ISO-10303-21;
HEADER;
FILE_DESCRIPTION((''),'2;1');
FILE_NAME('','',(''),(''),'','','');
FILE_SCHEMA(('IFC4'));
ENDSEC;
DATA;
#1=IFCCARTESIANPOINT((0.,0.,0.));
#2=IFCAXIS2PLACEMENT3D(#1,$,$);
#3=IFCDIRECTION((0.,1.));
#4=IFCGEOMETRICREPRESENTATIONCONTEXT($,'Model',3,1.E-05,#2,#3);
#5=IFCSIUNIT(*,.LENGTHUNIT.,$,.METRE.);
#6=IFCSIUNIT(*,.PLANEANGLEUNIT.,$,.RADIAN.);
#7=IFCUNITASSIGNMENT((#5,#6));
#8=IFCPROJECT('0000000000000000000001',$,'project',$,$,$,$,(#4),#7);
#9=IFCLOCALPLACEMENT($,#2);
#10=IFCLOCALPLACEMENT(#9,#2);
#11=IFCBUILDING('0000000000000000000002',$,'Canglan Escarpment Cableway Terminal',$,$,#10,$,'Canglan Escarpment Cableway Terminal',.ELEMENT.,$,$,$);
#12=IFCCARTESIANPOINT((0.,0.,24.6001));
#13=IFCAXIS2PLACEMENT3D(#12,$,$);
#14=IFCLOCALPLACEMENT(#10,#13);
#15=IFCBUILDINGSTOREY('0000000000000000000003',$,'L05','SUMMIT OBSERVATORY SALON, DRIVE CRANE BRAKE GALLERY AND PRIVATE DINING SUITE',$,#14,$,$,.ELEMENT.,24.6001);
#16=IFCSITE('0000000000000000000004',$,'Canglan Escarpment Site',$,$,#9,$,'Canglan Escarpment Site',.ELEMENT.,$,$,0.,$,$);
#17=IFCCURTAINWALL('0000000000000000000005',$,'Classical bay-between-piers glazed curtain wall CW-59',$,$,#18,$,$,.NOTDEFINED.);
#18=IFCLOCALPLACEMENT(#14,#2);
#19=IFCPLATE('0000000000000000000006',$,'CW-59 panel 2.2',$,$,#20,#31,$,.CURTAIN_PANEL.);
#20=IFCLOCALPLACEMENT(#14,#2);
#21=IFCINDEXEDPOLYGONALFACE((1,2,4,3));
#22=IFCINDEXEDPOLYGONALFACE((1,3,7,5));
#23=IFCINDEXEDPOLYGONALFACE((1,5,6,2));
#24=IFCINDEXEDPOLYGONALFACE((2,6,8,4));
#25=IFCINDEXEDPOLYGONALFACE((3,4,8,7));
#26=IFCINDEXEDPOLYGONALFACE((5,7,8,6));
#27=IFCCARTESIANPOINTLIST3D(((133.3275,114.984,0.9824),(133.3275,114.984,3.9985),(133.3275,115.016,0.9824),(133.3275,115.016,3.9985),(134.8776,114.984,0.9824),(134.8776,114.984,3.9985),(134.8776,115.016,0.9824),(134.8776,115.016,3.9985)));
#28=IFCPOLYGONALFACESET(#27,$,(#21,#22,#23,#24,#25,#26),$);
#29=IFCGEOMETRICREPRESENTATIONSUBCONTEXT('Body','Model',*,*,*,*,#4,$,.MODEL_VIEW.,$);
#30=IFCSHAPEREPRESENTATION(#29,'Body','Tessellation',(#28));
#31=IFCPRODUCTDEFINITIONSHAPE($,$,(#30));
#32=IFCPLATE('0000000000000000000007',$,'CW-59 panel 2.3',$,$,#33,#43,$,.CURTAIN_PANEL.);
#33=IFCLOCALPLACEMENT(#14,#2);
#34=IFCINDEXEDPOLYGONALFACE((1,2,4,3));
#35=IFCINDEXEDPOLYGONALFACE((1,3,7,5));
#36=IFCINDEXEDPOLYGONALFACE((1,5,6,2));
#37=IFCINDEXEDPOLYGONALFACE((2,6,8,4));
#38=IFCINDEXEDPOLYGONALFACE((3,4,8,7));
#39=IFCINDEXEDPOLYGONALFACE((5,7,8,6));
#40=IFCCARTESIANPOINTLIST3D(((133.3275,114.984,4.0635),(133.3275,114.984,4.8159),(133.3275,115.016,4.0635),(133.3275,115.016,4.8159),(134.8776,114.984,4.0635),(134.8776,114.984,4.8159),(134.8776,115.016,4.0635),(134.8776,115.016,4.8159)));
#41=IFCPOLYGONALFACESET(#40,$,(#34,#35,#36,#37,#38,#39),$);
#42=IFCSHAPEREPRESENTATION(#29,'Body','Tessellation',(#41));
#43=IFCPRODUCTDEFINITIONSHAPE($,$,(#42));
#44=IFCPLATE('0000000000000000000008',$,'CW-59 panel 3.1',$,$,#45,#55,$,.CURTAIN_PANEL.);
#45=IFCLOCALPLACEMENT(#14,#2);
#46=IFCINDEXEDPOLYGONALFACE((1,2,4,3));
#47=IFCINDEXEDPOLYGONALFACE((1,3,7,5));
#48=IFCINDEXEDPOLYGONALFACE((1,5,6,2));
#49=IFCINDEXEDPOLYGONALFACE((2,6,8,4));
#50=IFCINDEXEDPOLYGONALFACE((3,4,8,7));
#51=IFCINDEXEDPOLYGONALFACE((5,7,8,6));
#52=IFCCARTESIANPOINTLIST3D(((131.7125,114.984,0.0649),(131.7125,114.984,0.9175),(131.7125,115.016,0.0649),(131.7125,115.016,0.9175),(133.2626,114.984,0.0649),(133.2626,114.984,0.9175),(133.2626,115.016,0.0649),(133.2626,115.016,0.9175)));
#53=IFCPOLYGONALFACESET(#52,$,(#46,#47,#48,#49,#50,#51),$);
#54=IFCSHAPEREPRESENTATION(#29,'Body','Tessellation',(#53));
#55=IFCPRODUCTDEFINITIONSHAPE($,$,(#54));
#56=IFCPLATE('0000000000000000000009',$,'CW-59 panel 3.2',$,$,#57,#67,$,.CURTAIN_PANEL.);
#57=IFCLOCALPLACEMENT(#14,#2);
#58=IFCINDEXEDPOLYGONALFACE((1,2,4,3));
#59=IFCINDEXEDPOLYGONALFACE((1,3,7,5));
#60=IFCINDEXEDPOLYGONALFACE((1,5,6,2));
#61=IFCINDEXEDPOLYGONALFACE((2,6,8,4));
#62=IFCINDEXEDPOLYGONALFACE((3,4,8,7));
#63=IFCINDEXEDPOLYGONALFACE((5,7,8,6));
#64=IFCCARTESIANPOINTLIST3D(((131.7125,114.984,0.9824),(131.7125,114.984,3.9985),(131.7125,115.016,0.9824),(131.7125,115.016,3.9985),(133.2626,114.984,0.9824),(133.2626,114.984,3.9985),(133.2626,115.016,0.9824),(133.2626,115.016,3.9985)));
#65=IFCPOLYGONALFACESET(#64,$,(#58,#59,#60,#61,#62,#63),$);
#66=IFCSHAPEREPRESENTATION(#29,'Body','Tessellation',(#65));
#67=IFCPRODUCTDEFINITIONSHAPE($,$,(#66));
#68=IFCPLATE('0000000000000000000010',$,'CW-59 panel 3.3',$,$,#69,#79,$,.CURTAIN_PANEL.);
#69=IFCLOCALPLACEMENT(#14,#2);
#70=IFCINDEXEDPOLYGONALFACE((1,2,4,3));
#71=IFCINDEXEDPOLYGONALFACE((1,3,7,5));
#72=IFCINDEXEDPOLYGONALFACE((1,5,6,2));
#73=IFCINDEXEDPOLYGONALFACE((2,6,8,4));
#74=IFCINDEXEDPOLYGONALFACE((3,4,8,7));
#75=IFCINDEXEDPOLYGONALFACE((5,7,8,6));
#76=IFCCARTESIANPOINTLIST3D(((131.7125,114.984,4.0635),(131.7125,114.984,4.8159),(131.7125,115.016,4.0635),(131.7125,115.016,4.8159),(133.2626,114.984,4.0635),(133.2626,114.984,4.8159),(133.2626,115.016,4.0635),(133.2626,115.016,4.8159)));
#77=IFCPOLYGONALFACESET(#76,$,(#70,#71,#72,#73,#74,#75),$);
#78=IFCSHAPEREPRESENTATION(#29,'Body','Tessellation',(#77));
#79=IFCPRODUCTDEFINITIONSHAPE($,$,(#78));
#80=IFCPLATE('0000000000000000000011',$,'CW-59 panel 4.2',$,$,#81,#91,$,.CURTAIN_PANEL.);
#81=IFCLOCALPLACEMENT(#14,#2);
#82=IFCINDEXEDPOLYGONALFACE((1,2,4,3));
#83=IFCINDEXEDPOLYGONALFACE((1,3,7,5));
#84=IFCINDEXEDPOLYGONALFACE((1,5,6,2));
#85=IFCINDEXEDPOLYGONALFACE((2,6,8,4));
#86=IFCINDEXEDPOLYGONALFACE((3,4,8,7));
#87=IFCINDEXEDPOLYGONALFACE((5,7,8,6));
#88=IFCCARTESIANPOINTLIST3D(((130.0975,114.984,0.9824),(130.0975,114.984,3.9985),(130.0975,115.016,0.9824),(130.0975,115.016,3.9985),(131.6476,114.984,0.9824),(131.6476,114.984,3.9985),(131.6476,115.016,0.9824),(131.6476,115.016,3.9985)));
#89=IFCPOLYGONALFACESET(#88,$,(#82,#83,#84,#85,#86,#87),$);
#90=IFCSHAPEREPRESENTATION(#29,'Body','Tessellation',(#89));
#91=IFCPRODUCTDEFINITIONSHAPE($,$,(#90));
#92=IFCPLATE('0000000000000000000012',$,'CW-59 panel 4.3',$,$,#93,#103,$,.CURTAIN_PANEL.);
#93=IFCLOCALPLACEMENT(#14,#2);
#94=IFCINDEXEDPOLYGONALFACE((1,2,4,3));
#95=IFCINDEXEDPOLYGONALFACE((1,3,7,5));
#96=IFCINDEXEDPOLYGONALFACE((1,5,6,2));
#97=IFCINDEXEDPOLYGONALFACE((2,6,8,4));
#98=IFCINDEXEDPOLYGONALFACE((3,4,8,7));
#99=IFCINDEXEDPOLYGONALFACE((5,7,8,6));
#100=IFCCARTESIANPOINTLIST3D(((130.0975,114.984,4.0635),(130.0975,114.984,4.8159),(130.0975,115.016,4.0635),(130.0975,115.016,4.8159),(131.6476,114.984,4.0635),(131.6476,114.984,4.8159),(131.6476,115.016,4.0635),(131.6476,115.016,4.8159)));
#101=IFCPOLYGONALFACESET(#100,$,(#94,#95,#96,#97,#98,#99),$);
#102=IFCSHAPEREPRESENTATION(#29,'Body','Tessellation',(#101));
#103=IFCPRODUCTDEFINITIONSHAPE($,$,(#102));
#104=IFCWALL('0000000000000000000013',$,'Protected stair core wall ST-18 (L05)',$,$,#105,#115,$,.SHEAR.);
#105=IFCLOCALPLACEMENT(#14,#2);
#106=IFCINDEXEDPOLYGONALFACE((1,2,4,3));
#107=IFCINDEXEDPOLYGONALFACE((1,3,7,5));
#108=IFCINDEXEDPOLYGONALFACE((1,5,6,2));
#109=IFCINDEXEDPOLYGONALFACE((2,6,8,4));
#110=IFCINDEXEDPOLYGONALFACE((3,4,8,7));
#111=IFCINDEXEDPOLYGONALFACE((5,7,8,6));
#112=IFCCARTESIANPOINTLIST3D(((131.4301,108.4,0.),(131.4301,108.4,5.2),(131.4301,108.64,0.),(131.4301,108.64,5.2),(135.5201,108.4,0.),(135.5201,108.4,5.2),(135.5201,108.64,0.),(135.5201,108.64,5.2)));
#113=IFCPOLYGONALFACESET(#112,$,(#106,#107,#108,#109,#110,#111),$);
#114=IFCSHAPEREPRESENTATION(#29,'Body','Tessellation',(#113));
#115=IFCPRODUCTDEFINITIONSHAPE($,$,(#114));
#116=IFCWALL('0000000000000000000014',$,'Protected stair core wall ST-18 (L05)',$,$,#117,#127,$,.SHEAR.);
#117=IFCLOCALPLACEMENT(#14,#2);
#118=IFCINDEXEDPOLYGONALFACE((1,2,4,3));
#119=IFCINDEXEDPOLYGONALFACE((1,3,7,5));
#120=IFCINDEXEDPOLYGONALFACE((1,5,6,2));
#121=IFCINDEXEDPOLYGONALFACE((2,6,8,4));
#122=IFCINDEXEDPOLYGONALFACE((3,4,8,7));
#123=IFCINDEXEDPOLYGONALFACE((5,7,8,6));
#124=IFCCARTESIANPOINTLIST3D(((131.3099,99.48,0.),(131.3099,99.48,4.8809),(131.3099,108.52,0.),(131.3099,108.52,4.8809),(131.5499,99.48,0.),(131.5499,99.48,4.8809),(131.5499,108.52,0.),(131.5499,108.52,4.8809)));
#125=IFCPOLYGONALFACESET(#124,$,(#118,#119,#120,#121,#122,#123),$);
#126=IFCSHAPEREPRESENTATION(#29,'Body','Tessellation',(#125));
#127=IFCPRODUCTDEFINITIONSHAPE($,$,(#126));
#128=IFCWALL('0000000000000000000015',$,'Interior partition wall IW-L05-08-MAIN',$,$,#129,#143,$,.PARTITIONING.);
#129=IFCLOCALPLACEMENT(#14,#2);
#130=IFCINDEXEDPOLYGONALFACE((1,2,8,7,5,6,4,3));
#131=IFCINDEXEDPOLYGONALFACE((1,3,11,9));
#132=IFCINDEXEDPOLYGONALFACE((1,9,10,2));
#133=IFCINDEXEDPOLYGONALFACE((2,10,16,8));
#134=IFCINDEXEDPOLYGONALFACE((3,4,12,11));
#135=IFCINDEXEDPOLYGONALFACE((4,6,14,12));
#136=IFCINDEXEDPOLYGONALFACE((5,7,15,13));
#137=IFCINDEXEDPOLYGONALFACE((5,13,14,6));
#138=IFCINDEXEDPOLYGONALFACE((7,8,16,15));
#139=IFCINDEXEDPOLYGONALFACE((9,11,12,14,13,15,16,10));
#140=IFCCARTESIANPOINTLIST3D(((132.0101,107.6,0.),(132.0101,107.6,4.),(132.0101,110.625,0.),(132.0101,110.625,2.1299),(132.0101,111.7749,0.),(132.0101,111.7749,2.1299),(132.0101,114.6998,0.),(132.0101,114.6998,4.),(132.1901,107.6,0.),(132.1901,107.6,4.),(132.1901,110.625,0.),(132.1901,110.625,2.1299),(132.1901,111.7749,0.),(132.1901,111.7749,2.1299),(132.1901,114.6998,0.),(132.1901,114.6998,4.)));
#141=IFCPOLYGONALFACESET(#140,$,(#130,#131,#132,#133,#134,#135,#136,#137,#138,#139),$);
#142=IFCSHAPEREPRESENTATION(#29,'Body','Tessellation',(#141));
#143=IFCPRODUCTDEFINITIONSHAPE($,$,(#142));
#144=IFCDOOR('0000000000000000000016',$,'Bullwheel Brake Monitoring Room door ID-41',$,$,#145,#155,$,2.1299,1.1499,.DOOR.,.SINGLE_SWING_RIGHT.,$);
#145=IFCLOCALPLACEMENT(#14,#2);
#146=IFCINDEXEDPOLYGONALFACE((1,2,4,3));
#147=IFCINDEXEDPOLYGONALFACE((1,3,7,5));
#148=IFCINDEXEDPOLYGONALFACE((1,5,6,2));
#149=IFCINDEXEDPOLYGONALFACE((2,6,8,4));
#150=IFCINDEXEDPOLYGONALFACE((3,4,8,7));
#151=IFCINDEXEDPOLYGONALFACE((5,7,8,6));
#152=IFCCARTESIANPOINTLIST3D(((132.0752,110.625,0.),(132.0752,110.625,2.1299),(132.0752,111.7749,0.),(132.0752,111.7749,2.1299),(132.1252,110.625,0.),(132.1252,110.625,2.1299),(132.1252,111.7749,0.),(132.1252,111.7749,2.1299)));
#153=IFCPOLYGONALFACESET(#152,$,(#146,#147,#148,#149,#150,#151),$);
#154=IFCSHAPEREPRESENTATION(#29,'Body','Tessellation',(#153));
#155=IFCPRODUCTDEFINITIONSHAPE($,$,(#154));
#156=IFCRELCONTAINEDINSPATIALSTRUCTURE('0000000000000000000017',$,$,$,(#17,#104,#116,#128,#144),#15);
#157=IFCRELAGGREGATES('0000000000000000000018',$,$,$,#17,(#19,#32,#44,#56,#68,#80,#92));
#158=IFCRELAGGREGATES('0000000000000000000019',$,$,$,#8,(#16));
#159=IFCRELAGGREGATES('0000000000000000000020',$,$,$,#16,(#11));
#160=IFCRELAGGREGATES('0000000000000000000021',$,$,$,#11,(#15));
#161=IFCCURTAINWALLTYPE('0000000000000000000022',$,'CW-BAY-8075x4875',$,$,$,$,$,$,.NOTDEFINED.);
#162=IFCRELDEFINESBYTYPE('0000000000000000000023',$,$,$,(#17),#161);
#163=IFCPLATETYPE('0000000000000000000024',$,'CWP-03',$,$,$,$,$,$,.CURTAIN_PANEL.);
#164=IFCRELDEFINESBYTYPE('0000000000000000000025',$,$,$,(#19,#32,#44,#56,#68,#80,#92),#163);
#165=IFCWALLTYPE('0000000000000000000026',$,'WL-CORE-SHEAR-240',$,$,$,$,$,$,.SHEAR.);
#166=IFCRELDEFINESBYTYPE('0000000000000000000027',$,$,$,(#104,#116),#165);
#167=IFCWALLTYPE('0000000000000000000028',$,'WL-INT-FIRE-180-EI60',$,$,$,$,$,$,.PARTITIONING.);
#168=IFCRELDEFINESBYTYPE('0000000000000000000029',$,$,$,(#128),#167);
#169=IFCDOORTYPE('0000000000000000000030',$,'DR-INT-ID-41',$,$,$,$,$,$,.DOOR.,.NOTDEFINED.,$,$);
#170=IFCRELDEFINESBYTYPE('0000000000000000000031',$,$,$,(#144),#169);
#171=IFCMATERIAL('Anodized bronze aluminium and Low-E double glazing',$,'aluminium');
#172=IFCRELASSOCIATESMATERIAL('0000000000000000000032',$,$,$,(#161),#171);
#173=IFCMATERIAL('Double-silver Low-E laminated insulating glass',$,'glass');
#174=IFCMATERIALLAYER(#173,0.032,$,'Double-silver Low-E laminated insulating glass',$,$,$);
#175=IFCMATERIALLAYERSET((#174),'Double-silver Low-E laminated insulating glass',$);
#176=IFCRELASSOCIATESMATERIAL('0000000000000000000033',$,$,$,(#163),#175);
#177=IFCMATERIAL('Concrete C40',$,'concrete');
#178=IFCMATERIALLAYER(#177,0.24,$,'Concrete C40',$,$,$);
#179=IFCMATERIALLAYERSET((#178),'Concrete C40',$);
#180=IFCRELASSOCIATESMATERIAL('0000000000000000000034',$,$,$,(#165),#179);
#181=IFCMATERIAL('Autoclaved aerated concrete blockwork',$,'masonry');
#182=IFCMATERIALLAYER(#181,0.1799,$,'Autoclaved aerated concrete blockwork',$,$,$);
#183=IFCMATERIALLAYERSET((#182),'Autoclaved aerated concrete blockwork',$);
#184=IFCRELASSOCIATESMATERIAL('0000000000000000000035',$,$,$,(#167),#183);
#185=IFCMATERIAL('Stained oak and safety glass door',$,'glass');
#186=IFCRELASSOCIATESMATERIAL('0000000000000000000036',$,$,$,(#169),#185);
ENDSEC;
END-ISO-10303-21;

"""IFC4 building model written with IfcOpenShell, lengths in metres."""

from ifc_helpers import new_model, si_unit, direction, frame, frame_2d, origin, origin_2d, place, context, subcontext, project, spatial, rectangle, extrude, material, layer, layer_set, type_object, element, fill, aggregate, save


model = new_model("IFC4")

# Units and contexts
model_context = context("Model", 3, precision=1e-05, world=origin(), true_north=direction((0.0, 1.0)))
body_context = subcontext(model_context, "Body", "Model", "MODEL_VIEW")
ifc_project = project(units=[si_unit("LENGTHUNIT", "METRE"), si_unit("PLANEANGLEUNIT", "RADIAN")], contexts=[model_context])

# Site, building, storey
site_placement = place(None, origin())
site = spatial("IfcSite", under=ifc_project, at=site_placement, Name="Canglan Escarpment Site", LongName="Canglan Escarpment Site", CompositionType="ELEMENT", RefElevation=0.0)
building_placement = place(site_placement, origin())
building = spatial("IfcBuilding", under=site, at=building_placement, Name="Canglan Escarpment Cableway Terminal", LongName="Canglan Escarpment Cableway Terminal", CompositionType="ELEMENT")
storey_placement = place(building_placement, frame((0.0, 0.0, 24.6001)))
storey = spatial("IfcBuildingStorey", under=building, at=storey_placement, Name="L05", Description="SUMMIT OBSERVATORY SALON, DRIVE CRANE BRAKE GALLERY AND PRIVATE DINING SUITE", CompositionType="ELEMENT", Elevation=24.6001)

# Curtain wall, plates
ifc_material_1 = material(Name="Anodized bronze aluminium and Low-E double glazing", Category="aluminium")
curtain_wall_type = type_object("IfcCurtainWallType", Name="CW-BAY-8075x4875", PredefinedType="NOTDEFINED", material=ifc_material_1)
curtain_wall_placement = place(storey_placement, origin())
curtain_wall = element("IfcCurtainWall", 1, at=curtain_wall_placement, inside=storey, type_object=curtain_wall_type, Name="Classical bay-between-piers glazed curtain wall CW-59", PredefinedType="NOTDEFINED")
ifc_material_2 = material(Name="Double-silver Low-E laminated insulating glass", Category="glass")
ifc_layer_1 = layer(ifc_material_2, 0.032, Name="Double-silver Low-E laminated insulating glass")
ifc_layer_set_1 = layer_set([ifc_layer_1], Name="Double-silver Low-E laminated insulating glass")
plate_type = type_object("IfcPlateType", Name="CWP-03", PredefinedType="CURTAIN_PANEL", material=ifc_layer_set_1)
plate_1_placement = place(storey_placement, frame((134.1025, 115.0, 0.9824), z_axis=(0.0, 0.0, 1.0), x_axis=(-1.0, 0.0, 0.0)))
plate_1 = element("IfcPlate", 2, at=plate_1_placement, type_object=plate_type, Name="CW-59 panel 2.2", PredefinedType="CURTAIN_PANEL", context=body_context, shape_type="SweptSolid", body=[
    extrude(rectangle(XDim=1.55, YDim=0.032, at=origin_2d()), origin(), (0.0, 0.0, 1.0), 3.0161),
])
plate_2_placement = place(storey_placement, frame((134.1025, 115.0, 4.0635), z_axis=(0.0, 0.0, 1.0), x_axis=(-1.0, 0.0, 0.0)))
plate_2 = element("IfcPlate", 3, at=plate_2_placement, type_object=plate_type, Name="CW-59 panel 2.3", PredefinedType="CURTAIN_PANEL", context=body_context, shape_type="SweptSolid", body=[
    extrude(rectangle(XDim=1.55, YDim=0.032, at=origin_2d()), origin(), (0.0, 0.0, 1.0), 0.7524),
])
plate_3_placement = place(storey_placement, frame((132.4875, 115.0, 0.0649), z_axis=(0.0, 0.0, 1.0), x_axis=(-1.0, 0.0, 0.0)))
plate_3 = element("IfcPlate", 4, at=plate_3_placement, type_object=plate_type, Name="CW-59 panel 3.1", PredefinedType="CURTAIN_PANEL", context=body_context, shape_type="SweptSolid", body=[
    extrude(rectangle(XDim=1.55, YDim=0.032, at=origin_2d()), origin(), (0.0, 0.0, 1.0), 0.8525),
])
plate_4_placement = place(storey_placement, frame((132.4875, 115.0, 0.9824), z_axis=(0.0, 0.0, 1.0), x_axis=(-1.0, 0.0, 0.0)))
plate_4 = element("IfcPlate", 5, at=plate_4_placement, type_object=plate_type, Name="CW-59 panel 3.2", PredefinedType="CURTAIN_PANEL", context=body_context, shape_type="SweptSolid", body=[
    extrude(rectangle(XDim=1.55, YDim=0.032, at=origin_2d()), origin(), (0.0, 0.0, 1.0), 3.0161),
])
plate_5_placement = place(storey_placement, frame((132.4875, 115.0, 4.0635), z_axis=(0.0, 0.0, 1.0), x_axis=(-1.0, 0.0, 0.0)))
plate_5 = element("IfcPlate", 6, at=plate_5_placement, type_object=plate_type, Name="CW-59 panel 3.3", PredefinedType="CURTAIN_PANEL", context=body_context, shape_type="SweptSolid", body=[
    extrude(rectangle(XDim=1.55, YDim=0.032, at=origin_2d()), origin(), (0.0, 0.0, 1.0), 0.7524),
])
plate_6_placement = place(storey_placement, frame((130.8726, 115.0, 0.9824), z_axis=(0.0, 0.0, 1.0), x_axis=(-1.0, 0.0, 0.0)))
plate_6 = element("IfcPlate", 7, at=plate_6_placement, type_object=plate_type, Name="CW-59 panel 4.2", PredefinedType="CURTAIN_PANEL", context=body_context, shape_type="SweptSolid", body=[
    extrude(rectangle(XDim=1.55, YDim=0.032, at=origin_2d()), origin(), (0.0, 0.0, 1.0), 3.0161),
])
plate_7_placement = place(storey_placement, frame((130.8726, 115.0, 4.0635), z_axis=(0.0, 0.0, 1.0), x_axis=(-1.0, 0.0, 0.0)))
plate_7 = element("IfcPlate", 8, at=plate_7_placement, type_object=plate_type, Name="CW-59 panel 4.3", PredefinedType="CURTAIN_PANEL", context=body_context, shape_type="SweptSolid", body=[
    extrude(rectangle(XDim=1.55, YDim=0.032, at=origin_2d()), origin(), (0.0, 0.0, 1.0), 0.7524),
])
aggregate(curtain_wall, [plate_1, plate_2, plate_3, plate_4, plate_5, plate_6, plate_7])

# Walls
ifc_material_3 = material(Name="Concrete C40", Category="concrete")
ifc_layer_2 = layer(ifc_material_3, 0.24, Name="Concrete C40")
ifc_layer_set_2 = layer_set([ifc_layer_2], Name="Concrete C40")
wall_type_1 = type_object("IfcWallType", Name="WL-CORE-SHEAR-240", PredefinedType="SHEAR", material=ifc_layer_set_2)
wall_1_placement = place(storey_placement, frame((135.52, 108.52, 0.0), z_axis=(0.0, 0.0, 1.0), x_axis=(-1.0, 0.0, 0.0)))
element("IfcWall", 9, at=wall_1_placement, inside=storey, type_object=wall_type_1, Name="Protected stair core wall ST-18 (L05)", PredefinedType="SHEAR", context=body_context, shape_type="SweptSolid", body=[
    extrude(rectangle(XDim=4.0901, YDim=0.24, at=frame_2d((2.0449, 0.0))), origin(), (0.0, 0.0, 1.0), 5.2),
])
wall_2_placement = place(storey_placement, frame((131.4299, 108.52, 0.0), z_axis=(0.0, 0.0, 1.0), x_axis=(0.0, -1.0, 0.0)))
element("IfcWall", 10, at=wall_2_placement, inside=storey, type_object=wall_type_1, Name="Protected stair core wall ST-18 (L05)", PredefinedType="SHEAR", context=body_context, shape_type="SweptSolid", body=[
    extrude(rectangle(XDim=9.04, YDim=0.24, at=frame_2d((4.52, 0.0))), origin(), (0.0, 0.0, 1.0), 4.8809),
])

# Wall, opening, door
ifc_material_4 = material(Name="Autoclaved aerated concrete blockwork", Category="masonry")
ifc_layer_3 = layer(ifc_material_4, 0.1799, Name="Autoclaved aerated concrete blockwork")
ifc_layer_set_3 = layer_set([ifc_layer_3], Name="Autoclaved aerated concrete blockwork")
wall_type_2 = type_object("IfcWallType", Name="WL-INT-FIRE-180-EI60", PredefinedType="PARTITIONING", material=ifc_layer_set_3)
wall_3_placement = place(storey_placement, frame((132.1001, 107.6001, 0.0), z_axis=(0.0, 0.0, 1.0), x_axis=(0.0, 1.0, 0.0)))
wall_3 = element("IfcWall", 11, at=wall_3_placement, inside=storey, type_object=wall_type_2, Name="Interior partition wall IW-L05-08-MAIN", PredefinedType="PARTITIONING", context=body_context, shape_type="SweptSolid", body=[
    extrude(rectangle(XDim=7.0999, YDim=0.1799, at=frame_2d((3.5498, 0.0))), origin(), (0.0, 0.0, 1.0), 4.0),
])
opening_placement = place(wall_3_placement, frame((3.0249, 0.0, 0.0)))
opening = element("IfcOpeningElement", 12, at=opening_placement, cuts=wall_3, PredefinedType="OPENING", context=body_context, shape_type="SweptSolid", body=[
    extrude(rectangle(XDim=1.1499, YDim=2.1299, at=frame_2d((0.575, 1.0649))), frame((0.0, 0.1001, 0.0), z_axis=(0.0, -1.0, 0.0), x_axis=(1.0, 0.0, 0.0)), (0.0, 0.0, 1.0), 0.2),
])
ifc_material_5 = material(Name="Stained oak and safety glass door", Category="glass")
door_type = type_object("IfcDoorType", Name="DR-INT-ID-41", OperationType="NOTDEFINED", PredefinedType="DOOR", material=ifc_material_5)
door_placement = place(opening_placement, origin())
door = element("IfcDoor", 13, at=door_placement, inside=storey, type_object=door_type, Name="Bullwheel Brake Monitoring Room door ID-41", OperationType="SINGLE_SWING_RIGHT", OverallHeight=2.1299, OverallWidth=1.1499, PredefinedType="DOOR", context=body_context, shape_type="SweptSolid", body=[
    extrude(rectangle(XDim=1.1499, YDim=2.1299, at=frame_2d((0.575, 1.0649))), frame((0.0, 0.0249, 0.0), z_axis=(0.0, -1.0, 0.0), x_axis=(1.0, 0.0, 0.0)), (0.0, 0.0, 1.0), 0.05),
])
fill(opening, door)

save(model, "model.ifc")
